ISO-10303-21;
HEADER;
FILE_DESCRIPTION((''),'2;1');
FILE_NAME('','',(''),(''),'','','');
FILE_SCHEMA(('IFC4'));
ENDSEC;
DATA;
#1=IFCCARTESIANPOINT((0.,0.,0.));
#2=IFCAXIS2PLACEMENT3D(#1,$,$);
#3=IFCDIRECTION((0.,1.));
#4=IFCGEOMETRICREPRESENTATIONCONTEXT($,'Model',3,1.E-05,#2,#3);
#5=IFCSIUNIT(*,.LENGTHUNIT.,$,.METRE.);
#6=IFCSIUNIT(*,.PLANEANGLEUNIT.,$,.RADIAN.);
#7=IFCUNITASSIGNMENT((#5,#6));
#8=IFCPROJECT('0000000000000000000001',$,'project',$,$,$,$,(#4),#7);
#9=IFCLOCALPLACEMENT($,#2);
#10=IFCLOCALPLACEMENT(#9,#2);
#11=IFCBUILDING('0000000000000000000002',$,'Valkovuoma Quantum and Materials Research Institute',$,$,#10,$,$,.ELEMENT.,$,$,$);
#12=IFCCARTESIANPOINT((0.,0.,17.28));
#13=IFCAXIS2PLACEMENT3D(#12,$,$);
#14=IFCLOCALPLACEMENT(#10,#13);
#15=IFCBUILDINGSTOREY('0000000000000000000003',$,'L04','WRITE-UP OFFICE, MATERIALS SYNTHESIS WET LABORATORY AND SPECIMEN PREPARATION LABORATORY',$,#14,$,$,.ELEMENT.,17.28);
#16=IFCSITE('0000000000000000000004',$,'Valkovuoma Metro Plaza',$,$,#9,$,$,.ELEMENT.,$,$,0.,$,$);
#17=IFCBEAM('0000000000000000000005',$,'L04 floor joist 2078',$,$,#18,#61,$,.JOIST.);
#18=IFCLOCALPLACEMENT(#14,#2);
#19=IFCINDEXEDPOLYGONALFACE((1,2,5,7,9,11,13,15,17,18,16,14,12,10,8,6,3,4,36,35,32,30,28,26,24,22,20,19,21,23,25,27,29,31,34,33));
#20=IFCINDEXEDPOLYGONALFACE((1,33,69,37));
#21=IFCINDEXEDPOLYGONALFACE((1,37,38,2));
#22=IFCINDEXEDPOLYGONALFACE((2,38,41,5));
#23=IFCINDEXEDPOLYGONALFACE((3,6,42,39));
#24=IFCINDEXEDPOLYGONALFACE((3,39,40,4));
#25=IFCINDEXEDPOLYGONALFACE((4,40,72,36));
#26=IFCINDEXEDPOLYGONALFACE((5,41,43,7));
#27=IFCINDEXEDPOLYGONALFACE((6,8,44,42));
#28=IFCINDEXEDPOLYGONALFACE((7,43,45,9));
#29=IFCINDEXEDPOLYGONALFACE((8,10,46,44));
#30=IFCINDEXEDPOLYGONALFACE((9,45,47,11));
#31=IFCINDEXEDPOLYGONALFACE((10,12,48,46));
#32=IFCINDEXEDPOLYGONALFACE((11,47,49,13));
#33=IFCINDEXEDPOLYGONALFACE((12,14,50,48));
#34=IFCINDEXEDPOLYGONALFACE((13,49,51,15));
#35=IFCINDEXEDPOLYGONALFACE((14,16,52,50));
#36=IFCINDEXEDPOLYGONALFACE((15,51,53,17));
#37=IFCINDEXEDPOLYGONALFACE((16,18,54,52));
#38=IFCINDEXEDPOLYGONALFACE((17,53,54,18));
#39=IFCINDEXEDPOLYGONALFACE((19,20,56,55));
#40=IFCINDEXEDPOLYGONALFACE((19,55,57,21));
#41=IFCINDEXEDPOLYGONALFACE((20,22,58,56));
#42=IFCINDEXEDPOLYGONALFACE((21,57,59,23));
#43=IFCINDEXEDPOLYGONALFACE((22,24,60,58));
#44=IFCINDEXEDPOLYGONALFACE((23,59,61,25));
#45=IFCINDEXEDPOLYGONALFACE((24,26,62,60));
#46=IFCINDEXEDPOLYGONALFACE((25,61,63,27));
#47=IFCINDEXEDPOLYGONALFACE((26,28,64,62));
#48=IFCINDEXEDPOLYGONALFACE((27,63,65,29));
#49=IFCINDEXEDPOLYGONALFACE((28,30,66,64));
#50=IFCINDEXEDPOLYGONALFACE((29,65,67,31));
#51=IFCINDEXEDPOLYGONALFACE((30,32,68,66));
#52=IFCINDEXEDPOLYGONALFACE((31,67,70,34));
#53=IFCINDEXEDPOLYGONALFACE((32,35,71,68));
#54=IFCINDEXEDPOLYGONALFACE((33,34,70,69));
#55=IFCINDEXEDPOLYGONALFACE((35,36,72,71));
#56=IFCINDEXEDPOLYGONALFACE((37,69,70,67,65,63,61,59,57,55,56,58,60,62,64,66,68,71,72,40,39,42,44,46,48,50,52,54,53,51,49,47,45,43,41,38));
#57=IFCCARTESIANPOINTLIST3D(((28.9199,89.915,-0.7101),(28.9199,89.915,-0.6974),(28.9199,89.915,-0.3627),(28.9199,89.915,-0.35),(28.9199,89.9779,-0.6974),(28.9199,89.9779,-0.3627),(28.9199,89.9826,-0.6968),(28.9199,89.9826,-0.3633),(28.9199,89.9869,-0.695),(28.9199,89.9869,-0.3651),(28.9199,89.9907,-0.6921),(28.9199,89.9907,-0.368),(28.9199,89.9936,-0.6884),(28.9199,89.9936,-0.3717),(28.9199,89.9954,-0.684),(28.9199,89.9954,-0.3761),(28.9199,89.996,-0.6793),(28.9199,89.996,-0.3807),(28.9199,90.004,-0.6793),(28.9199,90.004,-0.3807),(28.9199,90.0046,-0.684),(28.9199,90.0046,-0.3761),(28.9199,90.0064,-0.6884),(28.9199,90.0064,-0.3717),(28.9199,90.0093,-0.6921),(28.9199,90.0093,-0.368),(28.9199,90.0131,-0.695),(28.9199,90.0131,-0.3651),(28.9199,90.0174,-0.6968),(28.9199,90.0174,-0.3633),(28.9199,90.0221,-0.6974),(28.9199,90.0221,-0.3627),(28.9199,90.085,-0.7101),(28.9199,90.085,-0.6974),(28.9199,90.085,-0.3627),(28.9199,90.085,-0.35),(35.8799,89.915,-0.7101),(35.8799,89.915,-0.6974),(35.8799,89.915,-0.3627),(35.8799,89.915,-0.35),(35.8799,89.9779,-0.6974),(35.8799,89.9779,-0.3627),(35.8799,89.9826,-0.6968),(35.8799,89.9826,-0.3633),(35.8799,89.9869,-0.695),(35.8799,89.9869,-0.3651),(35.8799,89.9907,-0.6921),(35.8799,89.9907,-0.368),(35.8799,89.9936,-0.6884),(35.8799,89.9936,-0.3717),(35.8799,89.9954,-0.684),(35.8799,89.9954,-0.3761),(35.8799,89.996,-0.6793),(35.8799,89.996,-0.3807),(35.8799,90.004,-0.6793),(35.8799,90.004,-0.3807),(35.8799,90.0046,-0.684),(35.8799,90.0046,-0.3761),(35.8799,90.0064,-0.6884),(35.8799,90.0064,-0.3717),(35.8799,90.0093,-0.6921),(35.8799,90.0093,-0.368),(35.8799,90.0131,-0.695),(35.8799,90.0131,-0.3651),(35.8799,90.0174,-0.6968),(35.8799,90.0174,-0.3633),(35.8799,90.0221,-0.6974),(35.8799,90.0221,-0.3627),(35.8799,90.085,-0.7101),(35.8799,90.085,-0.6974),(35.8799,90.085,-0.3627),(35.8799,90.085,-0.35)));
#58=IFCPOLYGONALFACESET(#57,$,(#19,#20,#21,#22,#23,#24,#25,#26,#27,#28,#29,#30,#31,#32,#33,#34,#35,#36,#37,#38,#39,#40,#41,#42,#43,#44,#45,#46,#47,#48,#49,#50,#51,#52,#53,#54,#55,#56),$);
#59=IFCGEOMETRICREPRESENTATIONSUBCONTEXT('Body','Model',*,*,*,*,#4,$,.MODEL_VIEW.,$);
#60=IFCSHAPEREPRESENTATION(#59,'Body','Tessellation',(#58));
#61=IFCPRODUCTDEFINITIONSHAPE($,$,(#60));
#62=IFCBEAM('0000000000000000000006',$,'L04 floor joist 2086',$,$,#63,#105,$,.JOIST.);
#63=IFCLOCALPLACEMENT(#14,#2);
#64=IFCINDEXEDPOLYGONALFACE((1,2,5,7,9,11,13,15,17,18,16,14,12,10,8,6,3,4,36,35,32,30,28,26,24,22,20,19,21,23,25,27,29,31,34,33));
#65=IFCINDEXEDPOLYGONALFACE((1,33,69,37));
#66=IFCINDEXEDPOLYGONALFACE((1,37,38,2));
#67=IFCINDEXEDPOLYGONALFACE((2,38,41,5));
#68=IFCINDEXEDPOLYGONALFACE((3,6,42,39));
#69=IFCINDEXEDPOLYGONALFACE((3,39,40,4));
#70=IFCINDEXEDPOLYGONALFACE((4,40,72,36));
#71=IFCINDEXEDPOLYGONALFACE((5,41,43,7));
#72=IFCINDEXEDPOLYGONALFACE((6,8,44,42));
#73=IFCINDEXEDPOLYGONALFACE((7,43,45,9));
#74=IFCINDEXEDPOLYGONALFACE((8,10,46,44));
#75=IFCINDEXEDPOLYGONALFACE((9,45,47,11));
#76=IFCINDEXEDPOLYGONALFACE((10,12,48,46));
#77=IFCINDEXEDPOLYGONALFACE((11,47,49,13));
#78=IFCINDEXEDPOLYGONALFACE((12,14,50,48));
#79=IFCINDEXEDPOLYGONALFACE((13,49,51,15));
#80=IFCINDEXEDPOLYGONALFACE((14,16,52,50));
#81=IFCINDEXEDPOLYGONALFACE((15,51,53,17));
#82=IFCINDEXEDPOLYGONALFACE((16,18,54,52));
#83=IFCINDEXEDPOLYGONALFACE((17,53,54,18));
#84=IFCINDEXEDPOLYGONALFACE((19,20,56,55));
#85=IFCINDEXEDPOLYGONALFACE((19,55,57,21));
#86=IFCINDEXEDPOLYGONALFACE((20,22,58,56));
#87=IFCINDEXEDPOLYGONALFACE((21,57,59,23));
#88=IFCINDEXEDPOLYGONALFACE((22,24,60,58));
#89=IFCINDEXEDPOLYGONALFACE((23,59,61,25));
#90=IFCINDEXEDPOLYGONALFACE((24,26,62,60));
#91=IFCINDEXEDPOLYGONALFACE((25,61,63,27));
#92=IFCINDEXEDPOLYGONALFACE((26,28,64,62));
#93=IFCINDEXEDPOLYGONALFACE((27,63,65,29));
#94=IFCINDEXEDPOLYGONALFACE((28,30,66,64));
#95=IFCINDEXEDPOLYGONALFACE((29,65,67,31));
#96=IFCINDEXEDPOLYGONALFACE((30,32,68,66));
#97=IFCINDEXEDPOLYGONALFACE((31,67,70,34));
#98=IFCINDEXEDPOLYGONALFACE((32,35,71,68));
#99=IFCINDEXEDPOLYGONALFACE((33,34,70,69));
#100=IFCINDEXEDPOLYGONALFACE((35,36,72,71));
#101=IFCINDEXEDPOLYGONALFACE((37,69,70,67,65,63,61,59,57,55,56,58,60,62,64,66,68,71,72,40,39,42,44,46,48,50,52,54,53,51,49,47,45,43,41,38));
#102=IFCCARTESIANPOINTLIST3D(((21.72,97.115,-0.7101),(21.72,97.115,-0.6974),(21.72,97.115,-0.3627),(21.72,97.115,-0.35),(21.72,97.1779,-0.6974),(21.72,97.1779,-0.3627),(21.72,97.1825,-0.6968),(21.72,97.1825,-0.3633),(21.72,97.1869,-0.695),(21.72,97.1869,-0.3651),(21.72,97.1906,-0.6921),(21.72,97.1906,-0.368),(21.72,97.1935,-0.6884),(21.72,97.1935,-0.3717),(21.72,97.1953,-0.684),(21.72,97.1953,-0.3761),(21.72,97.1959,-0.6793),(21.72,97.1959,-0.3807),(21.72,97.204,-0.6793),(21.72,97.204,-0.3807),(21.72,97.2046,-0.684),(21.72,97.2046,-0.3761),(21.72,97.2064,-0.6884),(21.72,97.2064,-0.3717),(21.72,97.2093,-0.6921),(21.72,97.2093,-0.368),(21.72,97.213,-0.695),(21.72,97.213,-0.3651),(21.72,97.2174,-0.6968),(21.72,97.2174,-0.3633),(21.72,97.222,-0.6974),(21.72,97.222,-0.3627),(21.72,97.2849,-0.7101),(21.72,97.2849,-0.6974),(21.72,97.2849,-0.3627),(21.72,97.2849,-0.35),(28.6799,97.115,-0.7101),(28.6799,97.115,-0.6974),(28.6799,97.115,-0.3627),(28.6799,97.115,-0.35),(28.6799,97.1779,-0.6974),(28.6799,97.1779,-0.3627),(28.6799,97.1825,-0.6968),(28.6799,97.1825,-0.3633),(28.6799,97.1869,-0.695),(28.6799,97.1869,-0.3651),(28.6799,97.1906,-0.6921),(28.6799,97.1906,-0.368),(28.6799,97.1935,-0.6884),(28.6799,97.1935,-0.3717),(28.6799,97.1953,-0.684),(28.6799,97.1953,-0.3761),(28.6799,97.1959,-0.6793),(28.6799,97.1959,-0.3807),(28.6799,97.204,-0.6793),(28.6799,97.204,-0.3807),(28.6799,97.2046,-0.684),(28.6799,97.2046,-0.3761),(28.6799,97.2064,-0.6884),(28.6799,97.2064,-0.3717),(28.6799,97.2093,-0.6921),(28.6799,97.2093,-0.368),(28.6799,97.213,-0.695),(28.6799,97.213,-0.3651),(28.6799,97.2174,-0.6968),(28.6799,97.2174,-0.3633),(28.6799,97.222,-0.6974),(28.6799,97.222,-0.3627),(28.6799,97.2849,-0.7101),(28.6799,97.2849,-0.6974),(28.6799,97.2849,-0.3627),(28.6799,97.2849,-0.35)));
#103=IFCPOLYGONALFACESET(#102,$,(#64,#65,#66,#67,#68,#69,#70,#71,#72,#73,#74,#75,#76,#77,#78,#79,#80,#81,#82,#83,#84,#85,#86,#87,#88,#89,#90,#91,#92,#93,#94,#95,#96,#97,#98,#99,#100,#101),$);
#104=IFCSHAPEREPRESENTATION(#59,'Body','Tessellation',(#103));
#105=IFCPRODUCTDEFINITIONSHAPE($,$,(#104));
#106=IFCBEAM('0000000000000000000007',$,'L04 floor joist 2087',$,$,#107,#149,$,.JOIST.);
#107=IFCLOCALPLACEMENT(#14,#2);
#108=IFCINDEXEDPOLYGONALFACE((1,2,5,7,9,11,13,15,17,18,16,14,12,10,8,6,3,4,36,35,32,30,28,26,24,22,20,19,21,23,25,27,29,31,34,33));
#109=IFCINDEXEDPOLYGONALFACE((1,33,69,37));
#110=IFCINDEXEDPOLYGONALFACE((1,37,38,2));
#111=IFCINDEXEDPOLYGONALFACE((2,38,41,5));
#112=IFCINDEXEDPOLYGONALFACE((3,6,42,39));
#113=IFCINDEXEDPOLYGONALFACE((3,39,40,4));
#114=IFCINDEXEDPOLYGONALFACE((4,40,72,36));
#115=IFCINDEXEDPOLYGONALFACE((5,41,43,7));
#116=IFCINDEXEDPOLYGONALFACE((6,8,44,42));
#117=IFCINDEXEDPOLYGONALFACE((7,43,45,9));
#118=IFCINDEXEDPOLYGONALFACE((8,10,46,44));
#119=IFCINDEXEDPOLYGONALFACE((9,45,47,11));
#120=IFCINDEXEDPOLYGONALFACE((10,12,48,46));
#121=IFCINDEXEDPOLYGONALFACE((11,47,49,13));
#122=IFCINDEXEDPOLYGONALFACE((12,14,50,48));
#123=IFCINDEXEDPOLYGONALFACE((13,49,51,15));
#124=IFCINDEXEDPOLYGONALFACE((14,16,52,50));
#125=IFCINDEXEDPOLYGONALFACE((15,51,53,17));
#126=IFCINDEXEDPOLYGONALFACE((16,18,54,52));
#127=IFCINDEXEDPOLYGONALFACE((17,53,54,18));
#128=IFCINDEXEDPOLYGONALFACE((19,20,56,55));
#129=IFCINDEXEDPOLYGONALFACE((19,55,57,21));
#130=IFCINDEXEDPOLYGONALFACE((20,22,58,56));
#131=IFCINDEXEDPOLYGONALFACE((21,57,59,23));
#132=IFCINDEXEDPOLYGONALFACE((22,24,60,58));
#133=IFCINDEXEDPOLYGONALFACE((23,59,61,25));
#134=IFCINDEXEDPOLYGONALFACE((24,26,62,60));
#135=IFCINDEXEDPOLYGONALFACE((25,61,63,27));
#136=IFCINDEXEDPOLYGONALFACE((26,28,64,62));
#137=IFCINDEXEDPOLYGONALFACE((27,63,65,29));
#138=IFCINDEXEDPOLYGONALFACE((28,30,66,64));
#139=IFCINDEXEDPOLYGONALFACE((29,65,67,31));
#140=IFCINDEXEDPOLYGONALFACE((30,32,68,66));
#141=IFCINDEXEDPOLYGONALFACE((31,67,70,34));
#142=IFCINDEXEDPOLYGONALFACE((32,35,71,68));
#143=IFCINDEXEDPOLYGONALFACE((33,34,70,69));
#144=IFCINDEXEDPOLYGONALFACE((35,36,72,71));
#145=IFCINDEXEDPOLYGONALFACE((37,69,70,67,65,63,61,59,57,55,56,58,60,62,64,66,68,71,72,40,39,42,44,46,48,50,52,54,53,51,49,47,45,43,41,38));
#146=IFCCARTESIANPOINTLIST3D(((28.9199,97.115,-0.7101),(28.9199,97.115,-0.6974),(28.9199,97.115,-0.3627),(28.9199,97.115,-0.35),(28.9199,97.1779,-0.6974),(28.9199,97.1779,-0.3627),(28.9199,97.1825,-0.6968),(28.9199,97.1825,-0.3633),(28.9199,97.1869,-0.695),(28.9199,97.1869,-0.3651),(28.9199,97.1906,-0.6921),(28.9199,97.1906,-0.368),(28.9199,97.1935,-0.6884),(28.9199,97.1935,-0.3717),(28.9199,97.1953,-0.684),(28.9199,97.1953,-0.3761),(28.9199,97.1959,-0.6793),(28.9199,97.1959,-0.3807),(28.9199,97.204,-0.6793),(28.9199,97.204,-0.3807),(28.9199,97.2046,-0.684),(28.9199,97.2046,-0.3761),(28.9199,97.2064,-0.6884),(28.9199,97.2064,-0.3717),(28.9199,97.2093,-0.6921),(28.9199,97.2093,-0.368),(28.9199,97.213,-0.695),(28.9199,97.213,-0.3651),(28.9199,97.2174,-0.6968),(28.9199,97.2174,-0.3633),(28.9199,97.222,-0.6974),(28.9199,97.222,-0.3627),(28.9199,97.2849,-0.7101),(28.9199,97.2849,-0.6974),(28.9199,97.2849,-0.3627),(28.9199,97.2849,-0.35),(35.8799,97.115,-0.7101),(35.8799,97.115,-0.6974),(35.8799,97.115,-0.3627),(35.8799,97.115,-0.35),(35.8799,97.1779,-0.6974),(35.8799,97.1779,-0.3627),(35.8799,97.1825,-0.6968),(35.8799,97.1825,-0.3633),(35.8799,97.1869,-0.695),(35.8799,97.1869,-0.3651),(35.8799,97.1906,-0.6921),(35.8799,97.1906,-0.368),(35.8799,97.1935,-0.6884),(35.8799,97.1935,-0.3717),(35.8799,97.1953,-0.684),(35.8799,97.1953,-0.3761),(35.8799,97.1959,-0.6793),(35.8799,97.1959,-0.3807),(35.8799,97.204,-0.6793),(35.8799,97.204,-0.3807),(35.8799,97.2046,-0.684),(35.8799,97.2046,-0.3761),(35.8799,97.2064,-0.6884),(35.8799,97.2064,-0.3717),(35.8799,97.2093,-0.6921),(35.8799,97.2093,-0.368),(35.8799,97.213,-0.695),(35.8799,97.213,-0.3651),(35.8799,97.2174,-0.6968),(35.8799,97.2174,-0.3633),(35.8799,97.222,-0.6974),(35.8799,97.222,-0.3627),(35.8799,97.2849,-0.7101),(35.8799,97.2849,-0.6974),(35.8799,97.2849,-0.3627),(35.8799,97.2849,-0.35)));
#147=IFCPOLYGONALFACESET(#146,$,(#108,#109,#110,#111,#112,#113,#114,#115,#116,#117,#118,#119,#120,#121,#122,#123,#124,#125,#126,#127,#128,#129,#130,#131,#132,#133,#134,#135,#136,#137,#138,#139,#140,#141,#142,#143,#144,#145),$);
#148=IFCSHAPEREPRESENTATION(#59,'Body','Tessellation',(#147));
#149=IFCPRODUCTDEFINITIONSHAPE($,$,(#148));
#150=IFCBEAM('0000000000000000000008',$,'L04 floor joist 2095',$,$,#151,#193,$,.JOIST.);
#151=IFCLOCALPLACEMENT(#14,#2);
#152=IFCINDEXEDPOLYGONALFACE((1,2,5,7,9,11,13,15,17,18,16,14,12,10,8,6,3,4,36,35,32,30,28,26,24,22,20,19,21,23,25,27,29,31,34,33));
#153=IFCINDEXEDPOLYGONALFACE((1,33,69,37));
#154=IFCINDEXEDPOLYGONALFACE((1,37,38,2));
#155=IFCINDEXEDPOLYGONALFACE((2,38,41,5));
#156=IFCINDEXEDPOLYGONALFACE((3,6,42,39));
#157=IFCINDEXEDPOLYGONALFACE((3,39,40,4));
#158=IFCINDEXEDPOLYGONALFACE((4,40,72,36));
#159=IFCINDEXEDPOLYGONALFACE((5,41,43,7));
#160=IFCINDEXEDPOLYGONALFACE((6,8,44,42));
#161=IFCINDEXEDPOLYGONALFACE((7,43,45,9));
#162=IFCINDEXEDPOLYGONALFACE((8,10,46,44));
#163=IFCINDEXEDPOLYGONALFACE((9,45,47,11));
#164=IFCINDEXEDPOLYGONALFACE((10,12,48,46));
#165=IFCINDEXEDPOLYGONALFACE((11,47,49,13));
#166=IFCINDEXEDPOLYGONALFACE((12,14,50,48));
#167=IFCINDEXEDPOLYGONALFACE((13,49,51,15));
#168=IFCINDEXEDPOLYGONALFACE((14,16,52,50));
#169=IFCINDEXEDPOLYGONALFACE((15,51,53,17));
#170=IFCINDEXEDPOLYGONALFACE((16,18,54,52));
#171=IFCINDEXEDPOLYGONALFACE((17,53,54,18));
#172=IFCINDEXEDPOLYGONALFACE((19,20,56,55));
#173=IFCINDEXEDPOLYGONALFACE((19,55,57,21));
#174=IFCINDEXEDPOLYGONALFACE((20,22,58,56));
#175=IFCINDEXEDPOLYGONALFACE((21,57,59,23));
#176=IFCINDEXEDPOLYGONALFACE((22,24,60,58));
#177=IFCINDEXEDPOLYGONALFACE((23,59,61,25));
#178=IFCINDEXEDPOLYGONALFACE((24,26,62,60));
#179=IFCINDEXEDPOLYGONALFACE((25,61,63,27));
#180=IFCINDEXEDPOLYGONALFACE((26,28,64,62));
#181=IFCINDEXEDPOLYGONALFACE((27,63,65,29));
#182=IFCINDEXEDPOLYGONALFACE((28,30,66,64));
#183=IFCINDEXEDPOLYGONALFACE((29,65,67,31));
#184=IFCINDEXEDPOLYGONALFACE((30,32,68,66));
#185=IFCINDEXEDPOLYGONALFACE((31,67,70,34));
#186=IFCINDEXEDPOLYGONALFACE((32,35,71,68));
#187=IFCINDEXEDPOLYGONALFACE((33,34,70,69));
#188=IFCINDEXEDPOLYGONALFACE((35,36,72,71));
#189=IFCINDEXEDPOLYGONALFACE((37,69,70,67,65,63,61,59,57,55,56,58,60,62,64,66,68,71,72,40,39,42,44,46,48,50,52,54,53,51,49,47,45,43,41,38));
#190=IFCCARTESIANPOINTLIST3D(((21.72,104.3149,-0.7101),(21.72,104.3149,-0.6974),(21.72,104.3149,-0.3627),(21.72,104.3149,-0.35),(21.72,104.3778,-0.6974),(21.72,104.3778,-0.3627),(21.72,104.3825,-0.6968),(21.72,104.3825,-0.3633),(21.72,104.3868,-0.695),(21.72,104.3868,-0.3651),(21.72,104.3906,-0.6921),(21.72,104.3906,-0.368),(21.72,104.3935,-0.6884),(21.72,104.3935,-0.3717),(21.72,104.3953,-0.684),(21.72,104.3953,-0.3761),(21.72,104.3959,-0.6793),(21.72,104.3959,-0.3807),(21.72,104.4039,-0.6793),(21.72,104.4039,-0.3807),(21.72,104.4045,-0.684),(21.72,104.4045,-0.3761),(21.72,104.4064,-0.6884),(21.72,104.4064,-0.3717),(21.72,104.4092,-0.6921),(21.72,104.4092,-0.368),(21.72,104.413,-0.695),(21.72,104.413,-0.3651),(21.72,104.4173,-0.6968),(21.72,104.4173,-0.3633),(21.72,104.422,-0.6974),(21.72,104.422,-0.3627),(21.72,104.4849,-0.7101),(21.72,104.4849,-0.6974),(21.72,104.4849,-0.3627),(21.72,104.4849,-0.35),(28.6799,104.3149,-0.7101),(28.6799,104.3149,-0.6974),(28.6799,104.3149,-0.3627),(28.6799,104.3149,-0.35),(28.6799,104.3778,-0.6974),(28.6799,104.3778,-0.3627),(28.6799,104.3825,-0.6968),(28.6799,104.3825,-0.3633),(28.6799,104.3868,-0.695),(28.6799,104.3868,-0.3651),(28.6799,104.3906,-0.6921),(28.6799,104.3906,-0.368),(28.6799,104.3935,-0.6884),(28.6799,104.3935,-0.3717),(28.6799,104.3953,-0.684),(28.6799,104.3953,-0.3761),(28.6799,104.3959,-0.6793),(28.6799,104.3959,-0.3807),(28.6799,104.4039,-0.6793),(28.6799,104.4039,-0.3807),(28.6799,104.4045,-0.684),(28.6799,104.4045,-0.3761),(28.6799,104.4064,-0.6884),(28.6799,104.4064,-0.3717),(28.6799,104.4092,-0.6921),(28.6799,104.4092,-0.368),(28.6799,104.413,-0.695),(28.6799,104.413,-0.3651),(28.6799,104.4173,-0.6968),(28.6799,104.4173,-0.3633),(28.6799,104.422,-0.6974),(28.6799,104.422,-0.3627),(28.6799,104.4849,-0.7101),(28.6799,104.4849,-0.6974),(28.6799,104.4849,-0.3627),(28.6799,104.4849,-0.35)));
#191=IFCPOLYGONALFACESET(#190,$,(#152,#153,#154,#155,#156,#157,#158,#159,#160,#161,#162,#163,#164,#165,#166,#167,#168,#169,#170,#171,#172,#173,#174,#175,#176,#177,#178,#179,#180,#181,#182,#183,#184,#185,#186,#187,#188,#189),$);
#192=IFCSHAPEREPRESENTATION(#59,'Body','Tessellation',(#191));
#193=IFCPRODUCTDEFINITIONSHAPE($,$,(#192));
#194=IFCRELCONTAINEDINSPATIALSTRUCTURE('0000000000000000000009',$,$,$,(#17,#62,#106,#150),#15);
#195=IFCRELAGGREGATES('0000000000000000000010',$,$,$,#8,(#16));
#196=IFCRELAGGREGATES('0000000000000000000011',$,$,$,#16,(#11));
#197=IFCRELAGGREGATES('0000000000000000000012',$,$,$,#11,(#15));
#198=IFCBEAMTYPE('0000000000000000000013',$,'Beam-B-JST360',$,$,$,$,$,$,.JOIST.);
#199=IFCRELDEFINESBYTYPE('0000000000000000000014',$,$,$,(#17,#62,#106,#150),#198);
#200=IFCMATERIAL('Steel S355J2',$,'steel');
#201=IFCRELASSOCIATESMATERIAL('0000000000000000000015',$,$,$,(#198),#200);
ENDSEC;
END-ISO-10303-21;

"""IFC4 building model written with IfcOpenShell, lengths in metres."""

from ifc_helpers import new_model, si_unit, direction, frame, origin, origin_2d, place, context, subcontext, project, spatial, i_section, extrude, material, material_profile, profile_set, type_object, element, save


model = new_model("IFC4")

# Units and contexts
model_context = context("Model", 3, precision=1e-05, world=origin(), true_north=direction((0.0, 1.0)))
body_context = subcontext(model_context, "Body", "Model", "MODEL_VIEW")
ifc_project = project(units=[si_unit("LENGTHUNIT", "METRE"), si_unit("PLANEANGLEUNIT", "RADIAN")], contexts=[model_context])

# Site, building, storey
site_placement = place(None, origin())
site = spatial("IfcSite", under=ifc_project, at=site_placement, Name="Valkovuoma Metro Plaza", CompositionType="ELEMENT", RefElevation=0.0)
building_placement = place(site_placement, origin())
building = spatial("IfcBuilding", under=site, at=building_placement, Name="Valkovuoma Quantum and Materials Research Institute", CompositionType="ELEMENT")
storey_placement = place(building_placement, frame((0.0, 0.0, 17.28)))
storey = spatial("IfcBuildingStorey", under=building, at=storey_placement, Name="L04", Description="WRITE-UP OFFICE, MATERIALS SYNTHESIS WET LABORATORY AND SPECIMEN PREPARATION LABORATORY", CompositionType="ELEMENT", Elevation=17.28)

# Beams
ifc_material_1 = material(Name="Steel S355J2", Category="steel")
ifc_material_profile_1 = material_profile(ifc_material_1, i_section(OverallWidth=0.1699, OverallDepth=0.3601, WebThickness=0.0081, FlangeThickness=0.0127, FilletRadius=0.0181, at=origin_2d()), Name="Steel S355J2")
ifc_profile_set_1 = profile_set([ifc_material_profile_1], Name="Steel S355J2")
beam_type_1 = type_object("IfcBeamType", Name="Beam-B-JST360", PredefinedType="JOIST", material=ifc_profile_set_1)
for number, where, z_axis, x_axis, name in (
    (1, (28.9199, 90.0, -0.53), (1.0, 0.0, 0.0), (0.0, 1.0, 0.0), "L04 floor joist 2078"),
    (2, (21.72, 97.2, -0.53), (1.0, 0.0, 0.0), (0.0, 1.0, 0.0), "L04 floor joist 2086"),
    (3, (28.9199, 97.2, -0.53), (1.0, 0.0, 0.0), (0.0, 1.0, 0.0), "L04 floor joist 2087"),
    (4, (21.72, 104.3999, -0.53), (1.0, 0.0, 0.0), (0.0, 1.0, 0.0), "L04 floor joist 2095"),
):
    element("IfcBeam", number, at=place(storey_placement, frame(where, z_axis=z_axis, x_axis=x_axis)), inside=storey, type_object=beam_type_1, Name=name, PredefinedType="JOIST", context=body_context, shape_type="SweptSolid", body=[
        extrude(i_section(OverallWidth=0.1699, OverallDepth=0.3601, WebThickness=0.0081, FlangeThickness=0.0127, FilletRadius=0.0181, at=origin_2d()), origin(), (0.0, 0.0, 1.0), 6.96),
    ])

save(model, "model.ifc")
